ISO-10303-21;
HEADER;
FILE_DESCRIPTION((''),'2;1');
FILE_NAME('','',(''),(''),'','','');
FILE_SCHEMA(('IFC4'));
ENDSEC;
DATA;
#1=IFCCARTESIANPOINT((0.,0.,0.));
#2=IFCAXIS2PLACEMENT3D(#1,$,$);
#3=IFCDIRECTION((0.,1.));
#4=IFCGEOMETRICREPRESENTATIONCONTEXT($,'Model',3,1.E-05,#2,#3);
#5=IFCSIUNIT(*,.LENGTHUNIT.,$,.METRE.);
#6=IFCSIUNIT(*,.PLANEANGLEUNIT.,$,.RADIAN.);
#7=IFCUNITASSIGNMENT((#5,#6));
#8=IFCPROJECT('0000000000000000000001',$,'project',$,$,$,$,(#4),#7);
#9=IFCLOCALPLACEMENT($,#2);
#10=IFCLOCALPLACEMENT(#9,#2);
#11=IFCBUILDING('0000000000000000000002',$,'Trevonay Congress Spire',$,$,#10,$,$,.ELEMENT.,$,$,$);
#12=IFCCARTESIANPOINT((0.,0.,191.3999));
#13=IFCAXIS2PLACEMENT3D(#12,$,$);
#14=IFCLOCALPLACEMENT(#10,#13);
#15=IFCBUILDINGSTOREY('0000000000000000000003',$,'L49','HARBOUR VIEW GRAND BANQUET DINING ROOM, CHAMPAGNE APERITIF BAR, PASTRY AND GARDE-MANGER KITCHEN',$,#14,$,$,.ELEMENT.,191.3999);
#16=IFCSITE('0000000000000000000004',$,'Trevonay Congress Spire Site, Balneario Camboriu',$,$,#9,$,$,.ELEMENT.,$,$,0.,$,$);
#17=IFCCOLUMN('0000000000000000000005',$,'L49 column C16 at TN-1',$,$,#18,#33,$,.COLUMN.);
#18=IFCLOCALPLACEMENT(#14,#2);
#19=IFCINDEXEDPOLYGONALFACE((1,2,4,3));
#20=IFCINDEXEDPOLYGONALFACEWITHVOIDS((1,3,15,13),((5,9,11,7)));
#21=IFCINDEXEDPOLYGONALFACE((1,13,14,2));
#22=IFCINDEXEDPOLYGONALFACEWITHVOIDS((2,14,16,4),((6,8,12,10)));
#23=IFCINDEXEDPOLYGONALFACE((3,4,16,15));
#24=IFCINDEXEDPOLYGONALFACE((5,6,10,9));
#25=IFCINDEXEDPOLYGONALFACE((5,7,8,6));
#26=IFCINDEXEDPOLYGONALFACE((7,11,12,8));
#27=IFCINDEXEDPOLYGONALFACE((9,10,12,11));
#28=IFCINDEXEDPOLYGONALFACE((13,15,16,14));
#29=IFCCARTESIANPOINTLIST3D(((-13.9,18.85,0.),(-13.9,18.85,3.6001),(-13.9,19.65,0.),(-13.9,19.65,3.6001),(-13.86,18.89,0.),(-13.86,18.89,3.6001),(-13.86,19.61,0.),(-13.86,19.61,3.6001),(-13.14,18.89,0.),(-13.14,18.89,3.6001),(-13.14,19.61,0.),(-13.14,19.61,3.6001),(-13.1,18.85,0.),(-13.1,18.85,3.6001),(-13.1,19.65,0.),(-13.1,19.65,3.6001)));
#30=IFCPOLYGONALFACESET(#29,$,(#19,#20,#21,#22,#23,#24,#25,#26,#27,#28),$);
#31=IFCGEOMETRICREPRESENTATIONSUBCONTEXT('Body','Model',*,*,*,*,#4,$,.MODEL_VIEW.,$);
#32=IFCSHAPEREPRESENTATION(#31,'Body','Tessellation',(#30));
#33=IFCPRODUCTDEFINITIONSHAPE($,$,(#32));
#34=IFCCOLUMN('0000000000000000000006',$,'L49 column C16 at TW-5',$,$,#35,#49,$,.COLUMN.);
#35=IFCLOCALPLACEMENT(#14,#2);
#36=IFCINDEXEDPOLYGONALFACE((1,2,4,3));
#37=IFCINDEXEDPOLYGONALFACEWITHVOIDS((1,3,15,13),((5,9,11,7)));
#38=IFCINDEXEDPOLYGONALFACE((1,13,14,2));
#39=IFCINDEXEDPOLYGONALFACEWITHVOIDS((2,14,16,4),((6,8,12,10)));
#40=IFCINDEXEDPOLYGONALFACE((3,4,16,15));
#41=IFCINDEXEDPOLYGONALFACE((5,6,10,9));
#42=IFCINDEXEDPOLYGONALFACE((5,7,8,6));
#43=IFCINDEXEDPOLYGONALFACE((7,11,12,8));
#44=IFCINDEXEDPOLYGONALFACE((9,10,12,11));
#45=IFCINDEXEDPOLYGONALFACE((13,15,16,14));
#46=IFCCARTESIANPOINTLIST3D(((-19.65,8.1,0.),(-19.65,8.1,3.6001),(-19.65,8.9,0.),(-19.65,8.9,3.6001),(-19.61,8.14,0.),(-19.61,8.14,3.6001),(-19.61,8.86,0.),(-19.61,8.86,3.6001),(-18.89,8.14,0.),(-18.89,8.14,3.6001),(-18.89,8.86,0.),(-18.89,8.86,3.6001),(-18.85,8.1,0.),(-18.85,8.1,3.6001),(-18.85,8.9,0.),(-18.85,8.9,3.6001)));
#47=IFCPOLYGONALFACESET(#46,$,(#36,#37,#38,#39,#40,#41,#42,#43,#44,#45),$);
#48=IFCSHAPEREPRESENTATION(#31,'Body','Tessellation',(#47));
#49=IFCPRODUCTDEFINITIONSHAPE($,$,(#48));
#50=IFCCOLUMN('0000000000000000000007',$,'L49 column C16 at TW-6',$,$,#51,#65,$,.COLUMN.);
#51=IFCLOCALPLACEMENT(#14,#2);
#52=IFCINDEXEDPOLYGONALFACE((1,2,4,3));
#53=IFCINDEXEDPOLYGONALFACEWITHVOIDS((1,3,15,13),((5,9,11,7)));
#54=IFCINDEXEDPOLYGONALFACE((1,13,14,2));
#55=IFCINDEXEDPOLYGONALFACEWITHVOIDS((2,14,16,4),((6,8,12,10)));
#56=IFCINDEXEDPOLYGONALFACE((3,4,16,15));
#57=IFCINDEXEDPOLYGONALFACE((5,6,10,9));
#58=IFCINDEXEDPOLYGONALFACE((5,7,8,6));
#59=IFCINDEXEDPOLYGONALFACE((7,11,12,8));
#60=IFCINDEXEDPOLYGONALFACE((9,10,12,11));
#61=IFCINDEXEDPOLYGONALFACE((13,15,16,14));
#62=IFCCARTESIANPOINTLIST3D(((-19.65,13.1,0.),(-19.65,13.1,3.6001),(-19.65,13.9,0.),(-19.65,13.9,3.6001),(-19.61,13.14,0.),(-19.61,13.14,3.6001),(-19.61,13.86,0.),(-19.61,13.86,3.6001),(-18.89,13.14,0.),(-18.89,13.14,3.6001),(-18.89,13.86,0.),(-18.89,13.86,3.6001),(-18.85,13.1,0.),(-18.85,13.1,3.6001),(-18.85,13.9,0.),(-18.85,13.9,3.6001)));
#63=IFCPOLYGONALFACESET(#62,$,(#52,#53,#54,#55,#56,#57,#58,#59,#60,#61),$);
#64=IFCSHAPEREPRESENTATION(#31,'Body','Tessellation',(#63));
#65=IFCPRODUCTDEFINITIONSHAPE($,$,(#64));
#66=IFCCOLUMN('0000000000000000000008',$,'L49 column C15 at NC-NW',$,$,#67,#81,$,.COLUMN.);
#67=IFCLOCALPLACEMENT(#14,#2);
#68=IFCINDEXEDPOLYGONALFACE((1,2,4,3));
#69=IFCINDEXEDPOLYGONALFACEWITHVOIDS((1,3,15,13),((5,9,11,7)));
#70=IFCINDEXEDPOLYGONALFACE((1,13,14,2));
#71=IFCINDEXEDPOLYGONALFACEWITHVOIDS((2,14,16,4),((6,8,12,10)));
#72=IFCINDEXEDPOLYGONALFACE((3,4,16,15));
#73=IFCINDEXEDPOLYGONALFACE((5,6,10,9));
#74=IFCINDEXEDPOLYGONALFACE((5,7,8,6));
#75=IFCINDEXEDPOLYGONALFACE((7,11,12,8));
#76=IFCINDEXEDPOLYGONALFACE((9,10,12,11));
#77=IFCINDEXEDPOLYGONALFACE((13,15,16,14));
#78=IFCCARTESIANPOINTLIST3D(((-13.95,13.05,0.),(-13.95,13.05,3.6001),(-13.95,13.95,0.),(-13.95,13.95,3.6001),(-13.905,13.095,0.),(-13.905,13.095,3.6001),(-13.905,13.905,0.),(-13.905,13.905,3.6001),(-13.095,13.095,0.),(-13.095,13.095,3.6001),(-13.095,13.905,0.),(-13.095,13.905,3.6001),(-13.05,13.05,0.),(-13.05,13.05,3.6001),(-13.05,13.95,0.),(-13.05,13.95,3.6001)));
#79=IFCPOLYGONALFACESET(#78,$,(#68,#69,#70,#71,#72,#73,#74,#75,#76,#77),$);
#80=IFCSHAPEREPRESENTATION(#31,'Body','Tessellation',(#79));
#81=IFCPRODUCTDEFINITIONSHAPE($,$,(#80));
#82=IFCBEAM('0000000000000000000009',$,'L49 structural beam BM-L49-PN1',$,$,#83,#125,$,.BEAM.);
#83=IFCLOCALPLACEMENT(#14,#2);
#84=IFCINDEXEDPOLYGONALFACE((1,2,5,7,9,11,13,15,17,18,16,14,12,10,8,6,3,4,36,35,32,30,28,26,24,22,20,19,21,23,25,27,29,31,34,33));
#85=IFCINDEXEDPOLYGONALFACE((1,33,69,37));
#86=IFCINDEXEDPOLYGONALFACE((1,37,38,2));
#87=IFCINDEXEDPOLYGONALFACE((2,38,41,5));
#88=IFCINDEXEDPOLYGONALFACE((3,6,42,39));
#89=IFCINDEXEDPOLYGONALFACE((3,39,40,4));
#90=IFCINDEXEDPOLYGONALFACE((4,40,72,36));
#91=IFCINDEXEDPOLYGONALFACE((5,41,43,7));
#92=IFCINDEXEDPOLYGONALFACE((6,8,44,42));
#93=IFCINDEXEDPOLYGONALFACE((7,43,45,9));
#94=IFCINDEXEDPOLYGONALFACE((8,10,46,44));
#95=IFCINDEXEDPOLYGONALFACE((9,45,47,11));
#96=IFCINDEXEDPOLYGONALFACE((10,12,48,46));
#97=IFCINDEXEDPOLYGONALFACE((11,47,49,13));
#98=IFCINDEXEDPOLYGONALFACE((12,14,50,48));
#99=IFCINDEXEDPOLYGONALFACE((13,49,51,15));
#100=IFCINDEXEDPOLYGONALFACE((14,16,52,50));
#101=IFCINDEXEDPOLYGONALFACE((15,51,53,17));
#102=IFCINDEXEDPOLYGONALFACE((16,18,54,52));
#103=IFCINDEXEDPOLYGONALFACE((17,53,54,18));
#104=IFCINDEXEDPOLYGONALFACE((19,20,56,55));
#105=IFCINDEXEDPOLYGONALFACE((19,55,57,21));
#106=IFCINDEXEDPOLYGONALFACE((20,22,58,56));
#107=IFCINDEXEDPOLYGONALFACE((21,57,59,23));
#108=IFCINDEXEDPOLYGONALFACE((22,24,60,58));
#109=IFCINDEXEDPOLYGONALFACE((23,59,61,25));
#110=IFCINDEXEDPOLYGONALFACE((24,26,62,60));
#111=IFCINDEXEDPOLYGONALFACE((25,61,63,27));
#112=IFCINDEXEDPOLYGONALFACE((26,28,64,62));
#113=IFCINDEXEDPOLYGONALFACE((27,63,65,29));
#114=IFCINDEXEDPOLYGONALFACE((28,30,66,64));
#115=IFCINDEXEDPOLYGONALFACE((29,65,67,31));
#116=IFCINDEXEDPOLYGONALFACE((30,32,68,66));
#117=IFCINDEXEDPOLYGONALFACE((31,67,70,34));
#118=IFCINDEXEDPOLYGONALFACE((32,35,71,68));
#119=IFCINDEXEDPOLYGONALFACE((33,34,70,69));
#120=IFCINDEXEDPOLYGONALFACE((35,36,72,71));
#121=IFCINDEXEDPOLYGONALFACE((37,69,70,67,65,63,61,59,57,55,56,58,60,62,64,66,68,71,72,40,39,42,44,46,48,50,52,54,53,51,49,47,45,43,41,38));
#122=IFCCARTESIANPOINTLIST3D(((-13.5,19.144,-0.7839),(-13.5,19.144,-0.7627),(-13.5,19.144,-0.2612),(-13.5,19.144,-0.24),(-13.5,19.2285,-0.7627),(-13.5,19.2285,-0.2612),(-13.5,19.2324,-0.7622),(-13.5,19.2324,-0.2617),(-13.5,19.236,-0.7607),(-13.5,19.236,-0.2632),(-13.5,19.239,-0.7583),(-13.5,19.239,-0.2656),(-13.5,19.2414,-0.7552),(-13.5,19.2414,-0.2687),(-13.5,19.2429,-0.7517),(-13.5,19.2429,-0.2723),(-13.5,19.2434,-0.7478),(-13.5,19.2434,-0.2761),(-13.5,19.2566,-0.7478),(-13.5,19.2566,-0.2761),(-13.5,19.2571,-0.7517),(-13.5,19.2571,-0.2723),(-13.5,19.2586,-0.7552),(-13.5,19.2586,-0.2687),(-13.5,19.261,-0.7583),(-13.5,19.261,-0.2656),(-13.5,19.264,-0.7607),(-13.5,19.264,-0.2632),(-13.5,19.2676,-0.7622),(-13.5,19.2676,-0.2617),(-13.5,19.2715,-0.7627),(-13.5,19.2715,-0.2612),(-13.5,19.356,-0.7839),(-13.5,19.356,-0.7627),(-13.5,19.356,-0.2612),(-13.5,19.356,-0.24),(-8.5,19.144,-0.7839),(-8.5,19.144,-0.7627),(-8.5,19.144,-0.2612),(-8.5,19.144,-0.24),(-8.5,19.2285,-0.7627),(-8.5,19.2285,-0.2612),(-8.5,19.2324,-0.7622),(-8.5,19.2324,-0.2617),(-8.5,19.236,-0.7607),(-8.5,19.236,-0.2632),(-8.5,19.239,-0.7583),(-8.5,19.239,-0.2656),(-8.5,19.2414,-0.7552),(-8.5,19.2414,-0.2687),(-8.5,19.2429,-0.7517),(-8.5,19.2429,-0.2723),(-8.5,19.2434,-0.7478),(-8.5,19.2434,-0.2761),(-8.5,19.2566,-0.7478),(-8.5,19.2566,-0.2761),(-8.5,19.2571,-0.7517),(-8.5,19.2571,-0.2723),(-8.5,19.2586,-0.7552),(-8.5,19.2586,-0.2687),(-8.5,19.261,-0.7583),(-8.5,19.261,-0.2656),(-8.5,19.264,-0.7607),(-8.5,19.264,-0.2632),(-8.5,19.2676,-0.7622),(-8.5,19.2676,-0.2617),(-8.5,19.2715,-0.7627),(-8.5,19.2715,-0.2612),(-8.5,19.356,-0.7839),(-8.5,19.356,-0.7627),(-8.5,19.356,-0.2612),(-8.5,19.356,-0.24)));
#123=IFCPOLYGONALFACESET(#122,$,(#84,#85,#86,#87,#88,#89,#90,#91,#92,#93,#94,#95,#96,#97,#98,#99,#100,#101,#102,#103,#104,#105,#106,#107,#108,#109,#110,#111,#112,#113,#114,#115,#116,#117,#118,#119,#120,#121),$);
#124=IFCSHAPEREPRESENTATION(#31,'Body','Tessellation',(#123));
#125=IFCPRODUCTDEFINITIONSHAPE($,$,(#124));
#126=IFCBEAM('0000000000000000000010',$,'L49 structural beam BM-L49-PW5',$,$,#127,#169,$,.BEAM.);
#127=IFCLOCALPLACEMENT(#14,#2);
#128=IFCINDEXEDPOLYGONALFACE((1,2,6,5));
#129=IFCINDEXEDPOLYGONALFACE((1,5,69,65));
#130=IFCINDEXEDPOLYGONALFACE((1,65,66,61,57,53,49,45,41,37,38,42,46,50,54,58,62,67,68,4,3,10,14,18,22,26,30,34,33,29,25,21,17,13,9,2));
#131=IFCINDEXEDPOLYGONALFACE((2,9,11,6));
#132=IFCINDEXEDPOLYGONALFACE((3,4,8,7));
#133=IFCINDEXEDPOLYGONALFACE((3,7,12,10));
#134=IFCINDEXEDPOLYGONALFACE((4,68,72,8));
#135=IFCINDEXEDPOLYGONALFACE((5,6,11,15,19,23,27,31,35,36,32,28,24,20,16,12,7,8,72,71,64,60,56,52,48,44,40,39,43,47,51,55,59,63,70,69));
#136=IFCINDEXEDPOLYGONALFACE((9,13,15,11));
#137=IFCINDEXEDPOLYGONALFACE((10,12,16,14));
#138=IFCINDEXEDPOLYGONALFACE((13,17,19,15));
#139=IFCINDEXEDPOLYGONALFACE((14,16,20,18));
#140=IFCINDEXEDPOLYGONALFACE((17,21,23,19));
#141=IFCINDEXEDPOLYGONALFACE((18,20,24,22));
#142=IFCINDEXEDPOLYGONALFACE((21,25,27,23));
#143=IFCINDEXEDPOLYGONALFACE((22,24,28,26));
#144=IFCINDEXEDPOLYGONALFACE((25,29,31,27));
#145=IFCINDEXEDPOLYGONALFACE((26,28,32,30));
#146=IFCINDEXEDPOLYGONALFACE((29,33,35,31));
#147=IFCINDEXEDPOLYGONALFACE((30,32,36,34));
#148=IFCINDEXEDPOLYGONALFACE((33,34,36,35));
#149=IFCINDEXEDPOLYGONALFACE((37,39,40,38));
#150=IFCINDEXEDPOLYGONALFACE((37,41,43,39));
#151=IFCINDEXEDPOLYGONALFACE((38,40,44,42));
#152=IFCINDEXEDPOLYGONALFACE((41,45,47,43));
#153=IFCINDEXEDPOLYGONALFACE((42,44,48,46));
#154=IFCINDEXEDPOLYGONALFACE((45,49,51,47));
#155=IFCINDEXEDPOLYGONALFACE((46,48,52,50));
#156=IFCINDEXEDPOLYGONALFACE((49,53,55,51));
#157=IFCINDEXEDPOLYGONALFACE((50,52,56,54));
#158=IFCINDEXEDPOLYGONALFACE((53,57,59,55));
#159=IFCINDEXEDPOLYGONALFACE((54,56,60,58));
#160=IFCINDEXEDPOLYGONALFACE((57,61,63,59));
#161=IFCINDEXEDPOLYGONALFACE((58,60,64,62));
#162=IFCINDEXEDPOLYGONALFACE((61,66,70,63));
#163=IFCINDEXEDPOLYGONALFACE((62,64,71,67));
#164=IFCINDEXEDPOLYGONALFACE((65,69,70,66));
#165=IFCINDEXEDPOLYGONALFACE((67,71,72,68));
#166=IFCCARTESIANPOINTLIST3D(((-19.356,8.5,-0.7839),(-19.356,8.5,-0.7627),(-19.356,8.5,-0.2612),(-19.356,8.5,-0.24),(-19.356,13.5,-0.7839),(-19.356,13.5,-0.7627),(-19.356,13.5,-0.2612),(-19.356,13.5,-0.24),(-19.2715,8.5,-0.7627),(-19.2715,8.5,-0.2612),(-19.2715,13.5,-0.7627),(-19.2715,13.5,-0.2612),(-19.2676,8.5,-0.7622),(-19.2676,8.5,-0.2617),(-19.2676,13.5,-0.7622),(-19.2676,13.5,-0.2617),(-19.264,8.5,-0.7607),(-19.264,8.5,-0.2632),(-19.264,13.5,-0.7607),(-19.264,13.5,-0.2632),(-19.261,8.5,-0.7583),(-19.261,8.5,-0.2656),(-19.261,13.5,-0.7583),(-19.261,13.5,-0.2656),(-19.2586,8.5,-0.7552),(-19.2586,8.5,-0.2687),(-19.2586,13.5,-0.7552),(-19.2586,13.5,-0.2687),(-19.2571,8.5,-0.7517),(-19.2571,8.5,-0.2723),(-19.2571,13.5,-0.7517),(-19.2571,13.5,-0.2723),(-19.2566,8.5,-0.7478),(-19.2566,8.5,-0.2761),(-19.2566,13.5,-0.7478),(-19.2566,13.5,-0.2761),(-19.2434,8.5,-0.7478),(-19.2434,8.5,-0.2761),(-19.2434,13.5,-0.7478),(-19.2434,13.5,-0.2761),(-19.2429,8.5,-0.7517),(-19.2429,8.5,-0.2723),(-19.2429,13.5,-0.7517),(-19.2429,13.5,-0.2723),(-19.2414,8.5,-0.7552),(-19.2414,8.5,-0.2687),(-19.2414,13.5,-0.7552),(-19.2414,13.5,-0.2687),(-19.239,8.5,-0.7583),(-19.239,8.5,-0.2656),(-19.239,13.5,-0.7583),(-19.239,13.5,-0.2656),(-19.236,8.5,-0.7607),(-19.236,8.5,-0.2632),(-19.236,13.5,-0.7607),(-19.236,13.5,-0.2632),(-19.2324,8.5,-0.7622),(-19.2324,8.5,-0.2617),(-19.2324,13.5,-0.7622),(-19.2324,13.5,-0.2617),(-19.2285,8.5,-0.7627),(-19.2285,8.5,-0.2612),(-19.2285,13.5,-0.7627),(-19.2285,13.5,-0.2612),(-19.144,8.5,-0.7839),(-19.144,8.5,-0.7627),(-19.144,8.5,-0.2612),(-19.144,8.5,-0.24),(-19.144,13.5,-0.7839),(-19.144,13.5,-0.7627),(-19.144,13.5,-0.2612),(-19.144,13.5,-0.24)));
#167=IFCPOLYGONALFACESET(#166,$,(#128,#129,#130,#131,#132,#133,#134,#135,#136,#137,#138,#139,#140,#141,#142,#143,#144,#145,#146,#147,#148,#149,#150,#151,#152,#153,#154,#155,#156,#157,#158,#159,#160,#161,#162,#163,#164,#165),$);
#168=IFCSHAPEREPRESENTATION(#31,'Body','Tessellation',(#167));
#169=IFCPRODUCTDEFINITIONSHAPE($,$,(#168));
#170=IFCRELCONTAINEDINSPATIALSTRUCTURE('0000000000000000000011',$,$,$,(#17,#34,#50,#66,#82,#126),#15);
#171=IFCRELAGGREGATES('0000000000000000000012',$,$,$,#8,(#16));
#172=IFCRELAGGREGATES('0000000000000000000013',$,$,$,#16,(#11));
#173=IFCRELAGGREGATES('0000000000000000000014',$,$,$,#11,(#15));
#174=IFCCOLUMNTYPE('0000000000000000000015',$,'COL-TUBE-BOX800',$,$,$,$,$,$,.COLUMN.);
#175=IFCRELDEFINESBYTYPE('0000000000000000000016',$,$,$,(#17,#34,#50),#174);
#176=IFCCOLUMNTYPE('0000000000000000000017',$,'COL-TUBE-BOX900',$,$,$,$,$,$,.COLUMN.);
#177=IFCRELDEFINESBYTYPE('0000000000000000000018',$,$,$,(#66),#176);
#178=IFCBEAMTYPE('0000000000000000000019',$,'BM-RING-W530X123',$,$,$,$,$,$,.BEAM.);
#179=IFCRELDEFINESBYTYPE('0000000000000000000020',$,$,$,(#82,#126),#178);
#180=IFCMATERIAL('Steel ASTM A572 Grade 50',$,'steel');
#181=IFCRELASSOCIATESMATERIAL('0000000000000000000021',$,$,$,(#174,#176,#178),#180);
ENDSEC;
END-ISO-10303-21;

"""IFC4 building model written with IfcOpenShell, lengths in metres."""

from ifc_helpers import new_model, si_unit, direction, frame, origin, origin_2d, place, context, subcontext, project, spatial, hollow_rectangle, i_section, extrude, material, material_profile, profile_set, type_object, element, save


model = new_model("IFC4")

# Units and contexts
model_context = context("Model", 3, precision=1e-05, world=origin(), true_north=direction((0.0, 1.0)))
body_context = subcontext(model_context, "Body", "Model", "MODEL_VIEW")
ifc_project = project(units=[si_unit("LENGTHUNIT", "METRE"), si_unit("PLANEANGLEUNIT", "RADIAN")], contexts=[model_context])

# Site, building, storey
site_placement = place(None, origin())
site = spatial("IfcSite", under=ifc_project, at=site_placement, Name="Trevonay Congress Spire Site, Balneario Camboriu", CompositionType="ELEMENT", RefElevation=0.0)
building_placement = place(site_placement, origin())
building = spatial("IfcBuilding", under=site, at=building_placement, Name="Trevonay Congress Spire", CompositionType="ELEMENT")
storey_placement = place(building_placement, frame((0.0, 0.0, 191.3999)))
storey = spatial("IfcBuildingStorey", under=building, at=storey_placement, Name="L49", Description="HARBOUR VIEW GRAND BANQUET DINING ROOM, CHAMPAGNE APERITIF BAR, PASTRY AND GARDE-MANGER KITCHEN", CompositionType="ELEMENT", Elevation=191.3999)

# Columns
ifc_material_1 = material(Name="Steel ASTM A572 Grade 50", Category="steel")
ifc_material_profile_1 = material_profile(ifc_material_1, hollow_rectangle(XDim=0.8, YDim=0.8, WallThickness=0.04, at=origin_2d()), Name="BOX 800x800x40")
ifc_profile_set_1 = profile_set([ifc_material_profile_1], Name="Steel ASTM A572 Grade 50")
column_type_1 = type_object("IfcColumnType", Name="COL-TUBE-BOX800", PredefinedType="COLUMN", material=ifc_profile_set_1)
for number, where, z_axis, x_axis, name in (
    (1, (-13.5, 19.25, 0.0), (0.0, 0.0, 1.0), (1.0, 0.0, 0.0), "L49 column C16 at TN-1"),
    (2, (-19.25, 8.5, 0.0), (0.0, 0.0, 1.0), (1.0, 0.0, 0.0), "L49 column C16 at TW-5"),
    (3, (-19.25, 13.5, 0.0), (0.0, 0.0, 1.0), (1.0, 0.0, 0.0), "L49 column C16 at TW-6"),
):
    element("IfcColumn", number, at=place(storey_placement, frame(where, z_axis=z_axis, x_axis=x_axis)), inside=storey, type_object=column_type_1, Name=name, PredefinedType="COLUMN", context=body_context, shape_type="SweptSolid", body=[
        extrude(hollow_rectangle(XDim=0.8, YDim=0.8, WallThickness=0.04, at=origin_2d()), origin(), (0.0, 0.0, 1.0), 3.6001),
    ])
ifc_material_profile_2 = material_profile(ifc_material_1, hollow_rectangle(XDim=0.8999, YDim=0.8999, WallThickness=0.0449, at=origin_2d()), Name="BOX 900x900x45")
ifc_profile_set_2 = profile_set([ifc_material_profile_2], Name="Steel ASTM A572 Grade 50")
column_type_2 = type_object("IfcColumnType", Name="COL-TUBE-BOX900", PredefinedType="COLUMN", material=ifc_profile_set_2)
column_placement = place(storey_placement, frame((-13.5, 13.5, 0.0), z_axis=(0.0, 0.0, 1.0), x_axis=(1.0, 0.0, 0.0)))
element("IfcColumn", 4, at=column_placement, inside=storey, type_object=column_type_2, Name="L49 column C15 at NC-NW", PredefinedType="COLUMN", context=body_context, shape_type="SweptSolid", body=[
    extrude(hollow_rectangle(XDim=0.8999, YDim=0.8999, WallThickness=0.0449, at=origin_2d()), origin(), (0.0, 0.0, 1.0), 3.6001),
])

# Beams
ifc_material_profile_3 = material_profile(ifc_material_1, i_section(OverallWidth=0.2119, OverallDepth=0.5439, WebThickness=0.0132, FlangeThickness=0.0212, FilletRadius=0.0149, at=origin_2d()), Name="W530x123")
ifc_profile_set_3 = profile_set([ifc_material_profile_3], Name="Steel ASTM A572 Grade 50")
beam_type_1 = type_object("IfcBeamType", Name="BM-RING-W530X123", PredefinedType="BEAM", material=ifc_profile_set_3)
for number, where, z_axis, x_axis, name in (
    (5, (-13.5, 19.25, -0.512), (1.0, 0.0, 0.0), (0.0, 1.0, 0.0), "L49 structural beam BM-L49-PN1"),
    (6, (-19.25, 8.5, -0.512), (0.0, 1.0, 0.0), (-1.0, 0.0, 0.0), "L49 structural beam BM-L49-PW5"),
):
    element("IfcBeam", number, at=place(storey_placement, frame(where, z_axis=z_axis, x_axis=x_axis)), inside=storey, type_object=beam_type_1, Name=name, PredefinedType="BEAM", context=body_context, shape_type="SweptSolid", body=[
        extrude(i_section(OverallWidth=0.2119, OverallDepth=0.5439, WebThickness=0.0132, FlangeThickness=0.0212, FilletRadius=0.0149, at=origin_2d()), origin(), (0.0, 0.0, 1.0), 5.0),
    ])

save(model, "model.ifc")
